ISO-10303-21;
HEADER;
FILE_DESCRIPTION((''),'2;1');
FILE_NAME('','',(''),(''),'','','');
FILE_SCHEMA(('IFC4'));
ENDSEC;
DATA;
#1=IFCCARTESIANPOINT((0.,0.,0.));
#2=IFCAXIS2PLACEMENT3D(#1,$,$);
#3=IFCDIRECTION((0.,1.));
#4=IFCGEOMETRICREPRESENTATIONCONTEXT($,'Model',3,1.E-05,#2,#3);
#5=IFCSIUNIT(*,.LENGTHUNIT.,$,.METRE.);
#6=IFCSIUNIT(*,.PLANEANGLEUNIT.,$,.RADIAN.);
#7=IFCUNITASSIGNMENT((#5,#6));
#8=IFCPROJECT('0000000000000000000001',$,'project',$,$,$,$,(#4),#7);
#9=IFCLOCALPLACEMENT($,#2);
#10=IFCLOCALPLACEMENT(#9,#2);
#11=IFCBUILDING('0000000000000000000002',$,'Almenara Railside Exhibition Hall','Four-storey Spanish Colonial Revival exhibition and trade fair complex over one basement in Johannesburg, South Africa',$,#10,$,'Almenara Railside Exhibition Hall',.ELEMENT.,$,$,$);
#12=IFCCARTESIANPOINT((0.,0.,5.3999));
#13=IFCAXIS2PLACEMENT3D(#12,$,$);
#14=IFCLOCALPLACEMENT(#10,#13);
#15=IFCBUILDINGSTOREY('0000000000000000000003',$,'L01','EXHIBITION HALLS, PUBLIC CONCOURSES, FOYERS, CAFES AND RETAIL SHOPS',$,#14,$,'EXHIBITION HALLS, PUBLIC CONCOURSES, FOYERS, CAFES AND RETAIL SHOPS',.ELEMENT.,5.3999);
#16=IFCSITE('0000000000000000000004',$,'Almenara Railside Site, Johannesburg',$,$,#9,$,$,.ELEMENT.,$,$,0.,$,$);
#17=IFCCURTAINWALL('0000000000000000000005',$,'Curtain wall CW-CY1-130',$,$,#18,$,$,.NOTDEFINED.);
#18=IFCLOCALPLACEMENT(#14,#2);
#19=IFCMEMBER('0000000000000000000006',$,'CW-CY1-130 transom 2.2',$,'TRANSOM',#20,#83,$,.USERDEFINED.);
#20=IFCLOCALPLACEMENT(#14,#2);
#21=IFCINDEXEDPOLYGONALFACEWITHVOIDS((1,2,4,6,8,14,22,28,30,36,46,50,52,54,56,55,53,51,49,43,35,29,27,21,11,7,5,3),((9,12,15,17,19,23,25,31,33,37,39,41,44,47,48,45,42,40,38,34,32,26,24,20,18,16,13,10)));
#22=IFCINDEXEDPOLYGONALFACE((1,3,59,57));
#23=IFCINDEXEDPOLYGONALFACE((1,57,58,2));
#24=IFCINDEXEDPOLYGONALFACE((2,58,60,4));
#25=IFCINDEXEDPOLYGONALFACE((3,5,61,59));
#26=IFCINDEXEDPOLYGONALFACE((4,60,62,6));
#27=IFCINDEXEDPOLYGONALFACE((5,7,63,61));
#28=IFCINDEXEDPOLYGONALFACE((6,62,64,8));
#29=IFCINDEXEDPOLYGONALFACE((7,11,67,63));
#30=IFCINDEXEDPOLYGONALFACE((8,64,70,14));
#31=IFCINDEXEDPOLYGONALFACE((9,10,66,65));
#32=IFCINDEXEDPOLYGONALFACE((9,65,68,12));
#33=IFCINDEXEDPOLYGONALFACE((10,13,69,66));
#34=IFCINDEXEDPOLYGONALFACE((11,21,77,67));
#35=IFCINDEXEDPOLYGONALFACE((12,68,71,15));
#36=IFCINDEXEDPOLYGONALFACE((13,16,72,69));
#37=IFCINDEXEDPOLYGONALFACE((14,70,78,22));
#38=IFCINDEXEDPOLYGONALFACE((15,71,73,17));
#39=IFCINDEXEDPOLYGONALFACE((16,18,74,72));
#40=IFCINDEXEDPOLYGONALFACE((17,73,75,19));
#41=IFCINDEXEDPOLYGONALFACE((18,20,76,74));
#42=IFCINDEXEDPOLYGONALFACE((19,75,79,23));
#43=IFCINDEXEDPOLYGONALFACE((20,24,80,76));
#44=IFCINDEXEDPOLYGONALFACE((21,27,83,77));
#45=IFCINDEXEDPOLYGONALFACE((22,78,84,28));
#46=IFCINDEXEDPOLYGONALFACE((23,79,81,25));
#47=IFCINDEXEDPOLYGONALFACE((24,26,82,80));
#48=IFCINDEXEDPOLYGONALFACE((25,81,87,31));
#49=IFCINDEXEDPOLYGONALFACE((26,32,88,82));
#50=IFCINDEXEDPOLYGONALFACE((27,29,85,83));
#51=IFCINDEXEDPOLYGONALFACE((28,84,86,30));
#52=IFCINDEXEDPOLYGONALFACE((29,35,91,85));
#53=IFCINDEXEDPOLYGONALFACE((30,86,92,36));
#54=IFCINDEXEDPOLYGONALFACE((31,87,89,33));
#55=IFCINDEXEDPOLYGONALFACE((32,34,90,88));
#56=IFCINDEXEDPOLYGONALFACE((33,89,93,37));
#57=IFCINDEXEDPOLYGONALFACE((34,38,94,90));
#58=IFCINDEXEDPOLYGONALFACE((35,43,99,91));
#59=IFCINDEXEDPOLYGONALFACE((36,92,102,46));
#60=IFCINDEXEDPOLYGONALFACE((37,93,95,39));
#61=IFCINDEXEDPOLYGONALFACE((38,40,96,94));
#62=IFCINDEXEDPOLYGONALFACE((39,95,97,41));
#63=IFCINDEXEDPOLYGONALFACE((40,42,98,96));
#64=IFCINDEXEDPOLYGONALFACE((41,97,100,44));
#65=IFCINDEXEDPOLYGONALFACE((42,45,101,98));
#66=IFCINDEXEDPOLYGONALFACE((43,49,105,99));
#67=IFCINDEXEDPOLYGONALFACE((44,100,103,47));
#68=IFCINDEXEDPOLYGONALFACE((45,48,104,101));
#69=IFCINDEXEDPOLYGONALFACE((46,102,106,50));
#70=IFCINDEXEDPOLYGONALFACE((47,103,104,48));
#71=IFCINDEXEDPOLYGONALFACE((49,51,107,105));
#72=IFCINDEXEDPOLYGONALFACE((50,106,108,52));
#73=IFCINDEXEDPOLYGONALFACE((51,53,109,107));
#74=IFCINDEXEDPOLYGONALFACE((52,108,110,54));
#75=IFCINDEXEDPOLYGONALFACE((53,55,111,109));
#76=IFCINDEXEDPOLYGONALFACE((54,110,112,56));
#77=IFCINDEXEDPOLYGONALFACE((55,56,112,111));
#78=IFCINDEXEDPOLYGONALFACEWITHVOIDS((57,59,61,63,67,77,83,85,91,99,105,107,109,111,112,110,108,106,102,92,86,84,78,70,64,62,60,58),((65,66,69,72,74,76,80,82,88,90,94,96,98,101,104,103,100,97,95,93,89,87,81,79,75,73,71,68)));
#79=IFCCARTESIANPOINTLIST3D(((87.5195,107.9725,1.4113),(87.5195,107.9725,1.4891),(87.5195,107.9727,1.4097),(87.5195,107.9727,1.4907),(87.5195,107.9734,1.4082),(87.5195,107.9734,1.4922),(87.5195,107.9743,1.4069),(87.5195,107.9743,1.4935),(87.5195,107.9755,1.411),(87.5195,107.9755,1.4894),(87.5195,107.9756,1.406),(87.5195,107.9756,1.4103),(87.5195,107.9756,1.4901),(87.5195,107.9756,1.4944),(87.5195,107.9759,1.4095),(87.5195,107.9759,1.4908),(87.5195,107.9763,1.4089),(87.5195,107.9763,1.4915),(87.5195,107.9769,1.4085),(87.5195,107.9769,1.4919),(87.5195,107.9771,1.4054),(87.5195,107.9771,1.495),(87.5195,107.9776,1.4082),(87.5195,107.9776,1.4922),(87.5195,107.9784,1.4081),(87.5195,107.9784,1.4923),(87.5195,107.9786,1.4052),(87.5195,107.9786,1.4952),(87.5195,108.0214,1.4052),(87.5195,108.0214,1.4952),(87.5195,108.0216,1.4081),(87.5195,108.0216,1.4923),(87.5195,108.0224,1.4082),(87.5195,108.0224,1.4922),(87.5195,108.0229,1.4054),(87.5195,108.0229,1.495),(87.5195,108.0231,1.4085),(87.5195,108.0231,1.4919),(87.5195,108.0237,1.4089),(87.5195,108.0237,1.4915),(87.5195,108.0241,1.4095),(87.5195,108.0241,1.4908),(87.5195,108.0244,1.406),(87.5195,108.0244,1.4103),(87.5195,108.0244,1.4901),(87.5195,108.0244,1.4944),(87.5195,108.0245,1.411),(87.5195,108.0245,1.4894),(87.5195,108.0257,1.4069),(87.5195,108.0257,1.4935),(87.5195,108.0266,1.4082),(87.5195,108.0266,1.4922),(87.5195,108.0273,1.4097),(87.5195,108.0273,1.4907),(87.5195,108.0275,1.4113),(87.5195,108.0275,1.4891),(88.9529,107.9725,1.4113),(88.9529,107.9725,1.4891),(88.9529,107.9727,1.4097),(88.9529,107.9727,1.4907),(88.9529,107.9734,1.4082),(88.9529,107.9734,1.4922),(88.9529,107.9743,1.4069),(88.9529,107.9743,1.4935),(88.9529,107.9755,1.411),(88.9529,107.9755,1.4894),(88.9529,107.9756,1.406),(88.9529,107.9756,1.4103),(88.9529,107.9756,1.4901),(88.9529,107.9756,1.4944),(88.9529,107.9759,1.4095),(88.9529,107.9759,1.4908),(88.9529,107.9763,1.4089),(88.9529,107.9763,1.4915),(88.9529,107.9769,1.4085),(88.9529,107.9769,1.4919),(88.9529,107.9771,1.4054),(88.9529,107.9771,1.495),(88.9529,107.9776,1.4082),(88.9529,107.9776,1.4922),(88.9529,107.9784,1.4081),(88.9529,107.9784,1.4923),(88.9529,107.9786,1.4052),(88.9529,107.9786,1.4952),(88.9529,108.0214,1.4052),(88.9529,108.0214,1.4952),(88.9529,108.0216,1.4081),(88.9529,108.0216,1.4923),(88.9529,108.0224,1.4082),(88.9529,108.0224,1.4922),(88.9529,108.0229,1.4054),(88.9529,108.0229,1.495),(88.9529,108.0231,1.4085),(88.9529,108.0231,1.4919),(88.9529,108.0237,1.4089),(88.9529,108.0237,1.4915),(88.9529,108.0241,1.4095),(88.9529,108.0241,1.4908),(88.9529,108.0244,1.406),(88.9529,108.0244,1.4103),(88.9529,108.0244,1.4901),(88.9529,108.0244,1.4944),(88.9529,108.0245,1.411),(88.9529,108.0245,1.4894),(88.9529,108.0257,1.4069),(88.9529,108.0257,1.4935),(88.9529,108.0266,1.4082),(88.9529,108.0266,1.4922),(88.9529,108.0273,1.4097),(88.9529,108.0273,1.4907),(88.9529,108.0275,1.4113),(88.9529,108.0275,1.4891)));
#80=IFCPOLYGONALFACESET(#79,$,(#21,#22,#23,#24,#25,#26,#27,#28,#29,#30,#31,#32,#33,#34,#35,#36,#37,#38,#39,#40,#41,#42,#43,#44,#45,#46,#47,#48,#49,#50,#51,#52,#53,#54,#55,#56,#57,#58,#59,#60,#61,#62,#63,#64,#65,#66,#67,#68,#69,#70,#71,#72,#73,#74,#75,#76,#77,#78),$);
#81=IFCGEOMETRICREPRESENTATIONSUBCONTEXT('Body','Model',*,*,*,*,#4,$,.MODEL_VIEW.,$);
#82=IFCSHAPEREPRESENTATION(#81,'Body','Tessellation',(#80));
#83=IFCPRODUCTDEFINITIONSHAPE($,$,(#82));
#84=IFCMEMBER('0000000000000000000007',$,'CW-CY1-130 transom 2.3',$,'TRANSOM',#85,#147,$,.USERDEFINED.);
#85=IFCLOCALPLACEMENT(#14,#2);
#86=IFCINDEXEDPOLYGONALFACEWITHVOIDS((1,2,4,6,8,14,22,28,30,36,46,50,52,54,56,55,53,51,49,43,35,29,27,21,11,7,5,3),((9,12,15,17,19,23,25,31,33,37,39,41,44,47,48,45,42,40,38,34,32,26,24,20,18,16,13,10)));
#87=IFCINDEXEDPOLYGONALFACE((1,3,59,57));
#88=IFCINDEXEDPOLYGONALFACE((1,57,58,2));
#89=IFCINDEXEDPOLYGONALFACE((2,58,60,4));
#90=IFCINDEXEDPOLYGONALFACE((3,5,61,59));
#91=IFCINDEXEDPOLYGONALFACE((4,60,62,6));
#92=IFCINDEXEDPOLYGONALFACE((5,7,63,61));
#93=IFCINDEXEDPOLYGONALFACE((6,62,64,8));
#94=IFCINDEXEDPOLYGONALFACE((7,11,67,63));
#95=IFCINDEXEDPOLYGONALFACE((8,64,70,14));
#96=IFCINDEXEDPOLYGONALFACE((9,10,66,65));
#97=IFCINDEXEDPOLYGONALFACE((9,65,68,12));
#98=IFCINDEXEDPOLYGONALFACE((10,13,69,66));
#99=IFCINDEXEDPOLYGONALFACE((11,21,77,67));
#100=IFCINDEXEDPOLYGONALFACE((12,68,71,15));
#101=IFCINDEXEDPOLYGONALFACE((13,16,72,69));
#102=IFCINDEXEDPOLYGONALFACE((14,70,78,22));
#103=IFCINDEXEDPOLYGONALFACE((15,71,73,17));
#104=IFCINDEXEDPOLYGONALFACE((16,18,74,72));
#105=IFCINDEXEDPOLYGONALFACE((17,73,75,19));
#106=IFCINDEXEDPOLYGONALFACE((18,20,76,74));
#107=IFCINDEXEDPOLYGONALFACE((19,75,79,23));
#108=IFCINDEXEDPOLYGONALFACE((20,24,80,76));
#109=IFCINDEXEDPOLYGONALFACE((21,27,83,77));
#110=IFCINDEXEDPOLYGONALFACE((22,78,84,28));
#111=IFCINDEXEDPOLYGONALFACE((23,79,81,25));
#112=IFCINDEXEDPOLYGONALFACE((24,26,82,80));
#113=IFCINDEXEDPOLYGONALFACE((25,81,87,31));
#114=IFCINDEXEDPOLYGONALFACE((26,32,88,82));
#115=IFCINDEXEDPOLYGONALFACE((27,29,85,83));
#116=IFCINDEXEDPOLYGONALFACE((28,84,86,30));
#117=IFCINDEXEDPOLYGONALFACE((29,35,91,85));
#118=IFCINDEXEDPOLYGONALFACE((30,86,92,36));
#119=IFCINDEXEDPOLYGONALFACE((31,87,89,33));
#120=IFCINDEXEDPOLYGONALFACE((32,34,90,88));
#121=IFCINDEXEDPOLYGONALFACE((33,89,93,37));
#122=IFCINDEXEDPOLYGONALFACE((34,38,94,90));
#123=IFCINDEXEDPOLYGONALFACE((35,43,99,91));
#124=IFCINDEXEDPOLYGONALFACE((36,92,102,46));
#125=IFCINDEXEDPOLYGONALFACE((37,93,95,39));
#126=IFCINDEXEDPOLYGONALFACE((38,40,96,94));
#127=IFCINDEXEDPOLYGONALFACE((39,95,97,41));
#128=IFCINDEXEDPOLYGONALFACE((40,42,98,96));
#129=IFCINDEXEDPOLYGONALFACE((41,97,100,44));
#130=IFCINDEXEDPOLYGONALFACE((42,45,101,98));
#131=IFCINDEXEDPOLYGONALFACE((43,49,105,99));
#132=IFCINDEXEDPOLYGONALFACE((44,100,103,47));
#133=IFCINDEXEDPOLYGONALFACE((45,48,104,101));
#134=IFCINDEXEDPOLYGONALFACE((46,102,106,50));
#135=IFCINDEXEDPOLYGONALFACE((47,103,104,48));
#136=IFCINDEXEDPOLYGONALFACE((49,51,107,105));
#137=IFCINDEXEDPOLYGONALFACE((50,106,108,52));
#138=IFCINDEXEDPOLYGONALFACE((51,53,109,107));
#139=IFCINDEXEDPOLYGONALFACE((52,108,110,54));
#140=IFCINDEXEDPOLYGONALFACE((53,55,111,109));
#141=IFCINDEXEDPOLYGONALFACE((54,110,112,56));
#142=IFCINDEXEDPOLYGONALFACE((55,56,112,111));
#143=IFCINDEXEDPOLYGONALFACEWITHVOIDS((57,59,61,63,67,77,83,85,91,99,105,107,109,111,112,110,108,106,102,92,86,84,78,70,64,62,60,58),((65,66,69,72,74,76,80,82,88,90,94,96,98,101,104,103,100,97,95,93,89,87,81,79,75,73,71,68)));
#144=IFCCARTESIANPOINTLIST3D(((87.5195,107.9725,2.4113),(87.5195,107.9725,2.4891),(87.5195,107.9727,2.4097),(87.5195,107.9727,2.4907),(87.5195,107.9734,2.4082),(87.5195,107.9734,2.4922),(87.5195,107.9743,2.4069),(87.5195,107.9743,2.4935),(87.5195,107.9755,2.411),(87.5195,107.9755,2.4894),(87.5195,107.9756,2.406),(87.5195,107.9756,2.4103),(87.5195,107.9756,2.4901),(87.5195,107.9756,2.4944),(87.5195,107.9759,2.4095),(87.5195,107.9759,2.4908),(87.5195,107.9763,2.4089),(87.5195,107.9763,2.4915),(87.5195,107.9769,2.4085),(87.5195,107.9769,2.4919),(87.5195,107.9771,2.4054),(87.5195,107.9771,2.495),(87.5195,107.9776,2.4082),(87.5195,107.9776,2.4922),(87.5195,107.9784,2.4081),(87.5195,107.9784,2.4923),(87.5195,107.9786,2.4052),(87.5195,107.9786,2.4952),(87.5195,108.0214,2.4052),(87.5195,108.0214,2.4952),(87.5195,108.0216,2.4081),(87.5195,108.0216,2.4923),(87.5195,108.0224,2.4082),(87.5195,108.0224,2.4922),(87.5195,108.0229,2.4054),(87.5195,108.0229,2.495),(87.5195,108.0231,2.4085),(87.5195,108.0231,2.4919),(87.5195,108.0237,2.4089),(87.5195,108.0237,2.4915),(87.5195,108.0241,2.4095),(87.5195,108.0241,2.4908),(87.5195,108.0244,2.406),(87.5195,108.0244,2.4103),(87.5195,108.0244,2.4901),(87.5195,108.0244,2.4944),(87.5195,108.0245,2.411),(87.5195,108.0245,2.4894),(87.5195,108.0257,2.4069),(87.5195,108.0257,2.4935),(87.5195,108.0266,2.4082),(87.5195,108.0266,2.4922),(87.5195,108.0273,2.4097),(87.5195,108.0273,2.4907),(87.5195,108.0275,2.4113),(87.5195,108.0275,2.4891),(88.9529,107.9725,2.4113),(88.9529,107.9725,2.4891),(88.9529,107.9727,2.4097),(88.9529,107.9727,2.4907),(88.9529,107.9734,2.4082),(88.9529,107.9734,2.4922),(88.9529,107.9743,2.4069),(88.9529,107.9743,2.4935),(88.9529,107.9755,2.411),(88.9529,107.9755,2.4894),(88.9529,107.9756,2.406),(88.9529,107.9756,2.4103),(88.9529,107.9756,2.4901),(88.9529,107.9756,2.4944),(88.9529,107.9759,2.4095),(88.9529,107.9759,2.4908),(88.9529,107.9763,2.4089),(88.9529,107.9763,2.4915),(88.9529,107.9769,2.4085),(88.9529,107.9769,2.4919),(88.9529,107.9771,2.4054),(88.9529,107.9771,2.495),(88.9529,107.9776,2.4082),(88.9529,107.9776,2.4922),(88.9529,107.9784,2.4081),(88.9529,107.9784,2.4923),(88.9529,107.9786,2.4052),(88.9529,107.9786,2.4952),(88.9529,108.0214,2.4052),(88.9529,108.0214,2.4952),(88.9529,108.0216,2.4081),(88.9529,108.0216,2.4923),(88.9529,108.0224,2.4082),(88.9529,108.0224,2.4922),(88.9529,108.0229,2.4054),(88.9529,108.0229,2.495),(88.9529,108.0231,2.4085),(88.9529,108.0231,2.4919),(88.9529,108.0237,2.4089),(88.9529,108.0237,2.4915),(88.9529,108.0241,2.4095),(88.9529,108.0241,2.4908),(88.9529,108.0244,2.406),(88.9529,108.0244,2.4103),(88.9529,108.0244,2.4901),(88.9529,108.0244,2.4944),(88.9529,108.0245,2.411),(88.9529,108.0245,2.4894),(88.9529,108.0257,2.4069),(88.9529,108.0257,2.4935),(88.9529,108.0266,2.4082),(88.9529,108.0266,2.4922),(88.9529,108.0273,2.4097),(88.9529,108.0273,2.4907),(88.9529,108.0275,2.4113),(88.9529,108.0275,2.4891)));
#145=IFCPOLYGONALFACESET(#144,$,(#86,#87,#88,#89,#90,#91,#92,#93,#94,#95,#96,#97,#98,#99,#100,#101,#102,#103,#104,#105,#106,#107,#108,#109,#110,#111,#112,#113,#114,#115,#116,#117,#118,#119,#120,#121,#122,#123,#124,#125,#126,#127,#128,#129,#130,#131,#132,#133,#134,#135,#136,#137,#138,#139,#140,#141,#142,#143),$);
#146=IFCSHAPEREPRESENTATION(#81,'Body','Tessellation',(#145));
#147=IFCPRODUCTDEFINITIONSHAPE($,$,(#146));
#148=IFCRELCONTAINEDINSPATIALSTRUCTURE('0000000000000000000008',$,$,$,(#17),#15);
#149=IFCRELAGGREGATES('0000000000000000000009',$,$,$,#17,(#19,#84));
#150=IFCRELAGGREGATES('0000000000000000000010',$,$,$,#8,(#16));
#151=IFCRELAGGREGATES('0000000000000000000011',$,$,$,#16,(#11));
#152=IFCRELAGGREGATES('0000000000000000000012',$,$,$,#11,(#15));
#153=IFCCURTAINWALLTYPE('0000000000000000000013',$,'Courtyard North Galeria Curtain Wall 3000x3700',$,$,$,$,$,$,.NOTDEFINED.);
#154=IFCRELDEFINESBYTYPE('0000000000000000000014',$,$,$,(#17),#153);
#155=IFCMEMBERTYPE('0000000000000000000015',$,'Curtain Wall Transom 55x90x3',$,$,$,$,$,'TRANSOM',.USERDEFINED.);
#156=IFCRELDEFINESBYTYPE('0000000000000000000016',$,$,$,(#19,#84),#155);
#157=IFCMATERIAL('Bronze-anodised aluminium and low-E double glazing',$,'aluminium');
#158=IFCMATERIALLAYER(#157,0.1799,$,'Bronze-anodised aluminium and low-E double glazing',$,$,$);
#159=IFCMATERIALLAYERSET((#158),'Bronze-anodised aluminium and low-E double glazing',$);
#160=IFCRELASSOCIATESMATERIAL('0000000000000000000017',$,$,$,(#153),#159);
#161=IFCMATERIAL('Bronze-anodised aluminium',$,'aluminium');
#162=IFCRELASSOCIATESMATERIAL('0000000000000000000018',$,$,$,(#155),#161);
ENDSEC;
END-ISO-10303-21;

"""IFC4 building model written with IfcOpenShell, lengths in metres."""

from ifc_helpers import new_model, si_unit, direction, frame, origin, origin_2d, place, context, subcontext, project, spatial, hollow_rectangle, extrude, material, layer, layer_set, material_profile, profile_set, type_object, element, aggregate, save


model = new_model("IFC4")

# Units and contexts
model_context = context("Model", 3, precision=1e-05, world=origin(), true_north=direction((0.0, 1.0)))
body_context = subcontext(model_context, "Body", "Model", "MODEL_VIEW")
ifc_project = project(units=[si_unit("LENGTHUNIT", "METRE"), si_unit("PLANEANGLEUNIT", "RADIAN")], contexts=[model_context])

# Site, building, storey
site_placement = place(None, origin())
site = spatial("IfcSite", under=ifc_project, at=site_placement, Name="Almenara Railside Site, Johannesburg", CompositionType="ELEMENT", RefElevation=0.0)
building_placement = place(site_placement, origin())
building = spatial("IfcBuilding", under=site, at=building_placement, Name="Almenara Railside Exhibition Hall", Description="Four-storey Spanish Colonial Revival exhibition and trade fair complex over one basement in Johannesburg, South Africa", LongName="Almenara Railside Exhibition Hall", CompositionType="ELEMENT")
storey_placement = place(building_placement, frame((0.0, 0.0, 5.3999)))
storey = spatial("IfcBuildingStorey", under=building, at=storey_placement, Name="L01", Description="EXHIBITION HALLS, PUBLIC CONCOURSES, FOYERS, CAFES AND RETAIL SHOPS", LongName="EXHIBITION HALLS, PUBLIC CONCOURSES, FOYERS, CAFES AND RETAIL SHOPS", CompositionType="ELEMENT", Elevation=5.3999)

# Curtain wall, members
ifc_material_1 = material(Name="Bronze-anodised aluminium and low-E double glazing", Category="aluminium")
ifc_layer_1 = layer(ifc_material_1, 0.1799, Name="Bronze-anodised aluminium and low-E double glazing")
ifc_layer_set_1 = layer_set([ifc_layer_1], Name="Bronze-anodised aluminium and low-E double glazing")
curtain_wall_type = type_object("IfcCurtainWallType", Name="Courtyard North Galeria Curtain Wall 3000x3700", PredefinedType="NOTDEFINED", material=ifc_layer_set_1)
curtain_wall_placement = place(storey_placement, origin())
curtain_wall = element("IfcCurtainWall", 1, at=curtain_wall_placement, inside=storey, type_object=curtain_wall_type, Name="Curtain wall CW-CY1-130", PredefinedType="NOTDEFINED")
ifc_material_2 = material(Name="Bronze-anodised aluminium", Category="aluminium")
ifc_material_profile_1 = material_profile(ifc_material_2, hollow_rectangle(XDim=0.0549, YDim=0.0901, WallThickness=0.0029, InnerFilletRadius=0.0029, OuterFilletRadius=0.0061, at=origin_2d()), Name="ALU-TRN 55x90x3")
ifc_profile_set_1 = profile_set([ifc_material_profile_1], Name="Bronze-anodised aluminium")
member_type_1 = type_object("IfcMemberType", Name="Curtain Wall Transom 55x90x3", ElementType="TRANSOM", PredefinedType="USERDEFINED", material=ifc_profile_set_1)
member_1_placement = place(storey_placement, frame((87.5195, 108.0, 1.4502), z_axis=(1.0, 0.0, 0.0), x_axis=(0.0, 1.0, 0.0)))
member_1 = element("IfcMember", 2, at=member_1_placement, type_object=member_type_1, Name="CW-CY1-130 transom 2.2", ObjectType="TRANSOM", PredefinedType="USERDEFINED", context=body_context, shape_type="SweptSolid", body=[
    extrude(hollow_rectangle(XDim=0.0549, YDim=0.0901, WallThickness=0.0029, InnerFilletRadius=0.0029, OuterFilletRadius=0.0061, at=origin_2d()), origin(), (0.0, 0.0, 1.0), 1.4333),
])
member_2_placement = place(storey_placement, frame((87.5195, 108.0, 2.4502), z_axis=(1.0, 0.0, 0.0), x_axis=(0.0, 1.0, 0.0)))
member_2 = element("IfcMember", 3, at=member_2_placement, type_object=member_type_1, Name="CW-CY1-130 transom 2.3", ObjectType="TRANSOM", PredefinedType="USERDEFINED", context=body_context, shape_type="SweptSolid", body=[
    extrude(hollow_rectangle(XDim=0.0549, YDim=0.0901, WallThickness=0.0029, InnerFilletRadius=0.0029, OuterFilletRadius=0.0061, at=origin_2d()), origin(), (0.0, 0.0, 1.0), 1.4333),
])

aggregate(curtain_wall, [member_1, member_2])

save(model, "model.ifc")
